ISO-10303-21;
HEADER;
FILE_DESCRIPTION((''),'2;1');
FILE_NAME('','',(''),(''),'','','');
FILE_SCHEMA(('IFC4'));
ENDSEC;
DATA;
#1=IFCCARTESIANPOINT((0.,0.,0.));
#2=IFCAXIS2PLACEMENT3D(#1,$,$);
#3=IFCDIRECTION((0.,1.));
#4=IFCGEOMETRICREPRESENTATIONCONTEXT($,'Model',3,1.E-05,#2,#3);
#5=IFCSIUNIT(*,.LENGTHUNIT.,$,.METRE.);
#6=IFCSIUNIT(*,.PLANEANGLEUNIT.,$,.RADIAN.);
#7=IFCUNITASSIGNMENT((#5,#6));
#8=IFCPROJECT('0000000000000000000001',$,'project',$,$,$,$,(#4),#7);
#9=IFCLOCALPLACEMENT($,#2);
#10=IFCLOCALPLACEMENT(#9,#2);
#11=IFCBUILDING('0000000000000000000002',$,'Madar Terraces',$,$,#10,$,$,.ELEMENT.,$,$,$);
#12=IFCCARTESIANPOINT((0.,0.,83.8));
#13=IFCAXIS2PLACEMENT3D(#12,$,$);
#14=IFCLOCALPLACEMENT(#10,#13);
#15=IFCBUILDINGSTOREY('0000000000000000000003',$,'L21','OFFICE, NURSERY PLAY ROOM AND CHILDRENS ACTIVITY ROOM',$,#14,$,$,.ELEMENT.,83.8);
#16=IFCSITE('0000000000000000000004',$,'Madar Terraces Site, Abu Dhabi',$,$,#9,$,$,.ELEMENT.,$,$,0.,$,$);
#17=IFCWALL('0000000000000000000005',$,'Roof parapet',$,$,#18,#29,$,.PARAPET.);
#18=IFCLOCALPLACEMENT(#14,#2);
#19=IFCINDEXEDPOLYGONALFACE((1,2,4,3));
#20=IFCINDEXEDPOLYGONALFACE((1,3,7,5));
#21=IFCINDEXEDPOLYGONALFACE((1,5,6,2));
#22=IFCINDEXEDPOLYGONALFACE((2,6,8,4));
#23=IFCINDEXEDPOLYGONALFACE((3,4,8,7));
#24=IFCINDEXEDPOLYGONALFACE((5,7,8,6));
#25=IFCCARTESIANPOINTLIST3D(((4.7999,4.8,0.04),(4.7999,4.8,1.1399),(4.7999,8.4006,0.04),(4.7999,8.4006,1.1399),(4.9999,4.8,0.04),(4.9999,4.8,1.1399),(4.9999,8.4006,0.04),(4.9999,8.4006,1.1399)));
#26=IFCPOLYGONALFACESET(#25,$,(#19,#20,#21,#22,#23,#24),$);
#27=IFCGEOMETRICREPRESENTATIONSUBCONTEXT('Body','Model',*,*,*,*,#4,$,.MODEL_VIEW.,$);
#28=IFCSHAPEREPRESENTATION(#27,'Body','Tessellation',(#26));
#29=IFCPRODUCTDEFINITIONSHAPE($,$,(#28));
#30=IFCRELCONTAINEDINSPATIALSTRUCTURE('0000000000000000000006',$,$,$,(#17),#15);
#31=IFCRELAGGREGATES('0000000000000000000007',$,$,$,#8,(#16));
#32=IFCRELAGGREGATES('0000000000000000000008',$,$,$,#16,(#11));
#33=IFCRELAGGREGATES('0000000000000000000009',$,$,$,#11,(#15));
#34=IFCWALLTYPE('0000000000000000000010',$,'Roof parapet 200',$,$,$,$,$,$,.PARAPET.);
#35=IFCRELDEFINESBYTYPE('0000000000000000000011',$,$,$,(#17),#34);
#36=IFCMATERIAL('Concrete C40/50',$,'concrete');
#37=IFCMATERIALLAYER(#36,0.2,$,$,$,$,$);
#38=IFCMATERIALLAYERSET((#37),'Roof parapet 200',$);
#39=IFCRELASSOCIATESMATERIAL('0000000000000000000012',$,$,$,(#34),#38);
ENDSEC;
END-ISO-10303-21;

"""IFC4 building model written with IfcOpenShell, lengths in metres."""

from ifc_helpers import new_model, si_unit, direction, frame, frame_2d, origin, place, context, subcontext, project, spatial, rectangle, extrude, material, layer, layer_set, type_object, element, save


model = new_model("IFC4")

# Units and contexts
model_context = context("Model", 3, precision=1e-05, world=origin(), true_north=direction((0.0, 1.0)))
body_context = subcontext(model_context, "Body", "Model", "MODEL_VIEW")
ifc_project = project(units=[si_unit("LENGTHUNIT", "METRE"), si_unit("PLANEANGLEUNIT", "RADIAN")], contexts=[model_context])

# Site, building, storey
site_placement = place(None, origin())
site = spatial("IfcSite", under=ifc_project, at=site_placement, Name="Madar Terraces Site, Abu Dhabi", CompositionType="ELEMENT", RefElevation=0.0)
building_placement = place(site_placement, origin())
building = spatial("IfcBuilding", under=site, at=building_placement, Name="Madar Terraces", CompositionType="ELEMENT")
storey_placement = place(building_placement, frame((0.0, 0.0, 83.8)))
storey = spatial("IfcBuildingStorey", under=building, at=storey_placement, Name="L21", Description="OFFICE, NURSERY PLAY ROOM AND CHILDRENS ACTIVITY ROOM", CompositionType="ELEMENT", Elevation=83.8)

# Wall
ifc_material_1 = material(Name="Concrete C40/50", Category="concrete")
ifc_layer_1 = layer(ifc_material_1, 0.2)
ifc_layer_set_1 = layer_set([ifc_layer_1], Name="Roof parapet 200")
wall_type_1 = type_object("IfcWallType", Name="Roof parapet 200", PredefinedType="PARAPET", material=ifc_layer_set_1)
wall_1_placement = place(storey_placement, frame((4.8999, 8.4006, 0.04), z_axis=(0.0, 0.0, 1.0), x_axis=(0.0, -1.0, 0.0)))
element("IfcWall", 1, at=wall_1_placement, inside=storey, type_object=wall_type_1, Name="Roof parapet", PredefinedType="PARAPET", context=body_context, shape_type="SweptSolid", body=[
    extrude(rectangle(XDim=3.6006, YDim=0.2, at=frame_2d((1.8003, 0.0))), origin(), (0.0, 0.0, 1.0), 1.0999),
])

save(model, "model.ifc")
